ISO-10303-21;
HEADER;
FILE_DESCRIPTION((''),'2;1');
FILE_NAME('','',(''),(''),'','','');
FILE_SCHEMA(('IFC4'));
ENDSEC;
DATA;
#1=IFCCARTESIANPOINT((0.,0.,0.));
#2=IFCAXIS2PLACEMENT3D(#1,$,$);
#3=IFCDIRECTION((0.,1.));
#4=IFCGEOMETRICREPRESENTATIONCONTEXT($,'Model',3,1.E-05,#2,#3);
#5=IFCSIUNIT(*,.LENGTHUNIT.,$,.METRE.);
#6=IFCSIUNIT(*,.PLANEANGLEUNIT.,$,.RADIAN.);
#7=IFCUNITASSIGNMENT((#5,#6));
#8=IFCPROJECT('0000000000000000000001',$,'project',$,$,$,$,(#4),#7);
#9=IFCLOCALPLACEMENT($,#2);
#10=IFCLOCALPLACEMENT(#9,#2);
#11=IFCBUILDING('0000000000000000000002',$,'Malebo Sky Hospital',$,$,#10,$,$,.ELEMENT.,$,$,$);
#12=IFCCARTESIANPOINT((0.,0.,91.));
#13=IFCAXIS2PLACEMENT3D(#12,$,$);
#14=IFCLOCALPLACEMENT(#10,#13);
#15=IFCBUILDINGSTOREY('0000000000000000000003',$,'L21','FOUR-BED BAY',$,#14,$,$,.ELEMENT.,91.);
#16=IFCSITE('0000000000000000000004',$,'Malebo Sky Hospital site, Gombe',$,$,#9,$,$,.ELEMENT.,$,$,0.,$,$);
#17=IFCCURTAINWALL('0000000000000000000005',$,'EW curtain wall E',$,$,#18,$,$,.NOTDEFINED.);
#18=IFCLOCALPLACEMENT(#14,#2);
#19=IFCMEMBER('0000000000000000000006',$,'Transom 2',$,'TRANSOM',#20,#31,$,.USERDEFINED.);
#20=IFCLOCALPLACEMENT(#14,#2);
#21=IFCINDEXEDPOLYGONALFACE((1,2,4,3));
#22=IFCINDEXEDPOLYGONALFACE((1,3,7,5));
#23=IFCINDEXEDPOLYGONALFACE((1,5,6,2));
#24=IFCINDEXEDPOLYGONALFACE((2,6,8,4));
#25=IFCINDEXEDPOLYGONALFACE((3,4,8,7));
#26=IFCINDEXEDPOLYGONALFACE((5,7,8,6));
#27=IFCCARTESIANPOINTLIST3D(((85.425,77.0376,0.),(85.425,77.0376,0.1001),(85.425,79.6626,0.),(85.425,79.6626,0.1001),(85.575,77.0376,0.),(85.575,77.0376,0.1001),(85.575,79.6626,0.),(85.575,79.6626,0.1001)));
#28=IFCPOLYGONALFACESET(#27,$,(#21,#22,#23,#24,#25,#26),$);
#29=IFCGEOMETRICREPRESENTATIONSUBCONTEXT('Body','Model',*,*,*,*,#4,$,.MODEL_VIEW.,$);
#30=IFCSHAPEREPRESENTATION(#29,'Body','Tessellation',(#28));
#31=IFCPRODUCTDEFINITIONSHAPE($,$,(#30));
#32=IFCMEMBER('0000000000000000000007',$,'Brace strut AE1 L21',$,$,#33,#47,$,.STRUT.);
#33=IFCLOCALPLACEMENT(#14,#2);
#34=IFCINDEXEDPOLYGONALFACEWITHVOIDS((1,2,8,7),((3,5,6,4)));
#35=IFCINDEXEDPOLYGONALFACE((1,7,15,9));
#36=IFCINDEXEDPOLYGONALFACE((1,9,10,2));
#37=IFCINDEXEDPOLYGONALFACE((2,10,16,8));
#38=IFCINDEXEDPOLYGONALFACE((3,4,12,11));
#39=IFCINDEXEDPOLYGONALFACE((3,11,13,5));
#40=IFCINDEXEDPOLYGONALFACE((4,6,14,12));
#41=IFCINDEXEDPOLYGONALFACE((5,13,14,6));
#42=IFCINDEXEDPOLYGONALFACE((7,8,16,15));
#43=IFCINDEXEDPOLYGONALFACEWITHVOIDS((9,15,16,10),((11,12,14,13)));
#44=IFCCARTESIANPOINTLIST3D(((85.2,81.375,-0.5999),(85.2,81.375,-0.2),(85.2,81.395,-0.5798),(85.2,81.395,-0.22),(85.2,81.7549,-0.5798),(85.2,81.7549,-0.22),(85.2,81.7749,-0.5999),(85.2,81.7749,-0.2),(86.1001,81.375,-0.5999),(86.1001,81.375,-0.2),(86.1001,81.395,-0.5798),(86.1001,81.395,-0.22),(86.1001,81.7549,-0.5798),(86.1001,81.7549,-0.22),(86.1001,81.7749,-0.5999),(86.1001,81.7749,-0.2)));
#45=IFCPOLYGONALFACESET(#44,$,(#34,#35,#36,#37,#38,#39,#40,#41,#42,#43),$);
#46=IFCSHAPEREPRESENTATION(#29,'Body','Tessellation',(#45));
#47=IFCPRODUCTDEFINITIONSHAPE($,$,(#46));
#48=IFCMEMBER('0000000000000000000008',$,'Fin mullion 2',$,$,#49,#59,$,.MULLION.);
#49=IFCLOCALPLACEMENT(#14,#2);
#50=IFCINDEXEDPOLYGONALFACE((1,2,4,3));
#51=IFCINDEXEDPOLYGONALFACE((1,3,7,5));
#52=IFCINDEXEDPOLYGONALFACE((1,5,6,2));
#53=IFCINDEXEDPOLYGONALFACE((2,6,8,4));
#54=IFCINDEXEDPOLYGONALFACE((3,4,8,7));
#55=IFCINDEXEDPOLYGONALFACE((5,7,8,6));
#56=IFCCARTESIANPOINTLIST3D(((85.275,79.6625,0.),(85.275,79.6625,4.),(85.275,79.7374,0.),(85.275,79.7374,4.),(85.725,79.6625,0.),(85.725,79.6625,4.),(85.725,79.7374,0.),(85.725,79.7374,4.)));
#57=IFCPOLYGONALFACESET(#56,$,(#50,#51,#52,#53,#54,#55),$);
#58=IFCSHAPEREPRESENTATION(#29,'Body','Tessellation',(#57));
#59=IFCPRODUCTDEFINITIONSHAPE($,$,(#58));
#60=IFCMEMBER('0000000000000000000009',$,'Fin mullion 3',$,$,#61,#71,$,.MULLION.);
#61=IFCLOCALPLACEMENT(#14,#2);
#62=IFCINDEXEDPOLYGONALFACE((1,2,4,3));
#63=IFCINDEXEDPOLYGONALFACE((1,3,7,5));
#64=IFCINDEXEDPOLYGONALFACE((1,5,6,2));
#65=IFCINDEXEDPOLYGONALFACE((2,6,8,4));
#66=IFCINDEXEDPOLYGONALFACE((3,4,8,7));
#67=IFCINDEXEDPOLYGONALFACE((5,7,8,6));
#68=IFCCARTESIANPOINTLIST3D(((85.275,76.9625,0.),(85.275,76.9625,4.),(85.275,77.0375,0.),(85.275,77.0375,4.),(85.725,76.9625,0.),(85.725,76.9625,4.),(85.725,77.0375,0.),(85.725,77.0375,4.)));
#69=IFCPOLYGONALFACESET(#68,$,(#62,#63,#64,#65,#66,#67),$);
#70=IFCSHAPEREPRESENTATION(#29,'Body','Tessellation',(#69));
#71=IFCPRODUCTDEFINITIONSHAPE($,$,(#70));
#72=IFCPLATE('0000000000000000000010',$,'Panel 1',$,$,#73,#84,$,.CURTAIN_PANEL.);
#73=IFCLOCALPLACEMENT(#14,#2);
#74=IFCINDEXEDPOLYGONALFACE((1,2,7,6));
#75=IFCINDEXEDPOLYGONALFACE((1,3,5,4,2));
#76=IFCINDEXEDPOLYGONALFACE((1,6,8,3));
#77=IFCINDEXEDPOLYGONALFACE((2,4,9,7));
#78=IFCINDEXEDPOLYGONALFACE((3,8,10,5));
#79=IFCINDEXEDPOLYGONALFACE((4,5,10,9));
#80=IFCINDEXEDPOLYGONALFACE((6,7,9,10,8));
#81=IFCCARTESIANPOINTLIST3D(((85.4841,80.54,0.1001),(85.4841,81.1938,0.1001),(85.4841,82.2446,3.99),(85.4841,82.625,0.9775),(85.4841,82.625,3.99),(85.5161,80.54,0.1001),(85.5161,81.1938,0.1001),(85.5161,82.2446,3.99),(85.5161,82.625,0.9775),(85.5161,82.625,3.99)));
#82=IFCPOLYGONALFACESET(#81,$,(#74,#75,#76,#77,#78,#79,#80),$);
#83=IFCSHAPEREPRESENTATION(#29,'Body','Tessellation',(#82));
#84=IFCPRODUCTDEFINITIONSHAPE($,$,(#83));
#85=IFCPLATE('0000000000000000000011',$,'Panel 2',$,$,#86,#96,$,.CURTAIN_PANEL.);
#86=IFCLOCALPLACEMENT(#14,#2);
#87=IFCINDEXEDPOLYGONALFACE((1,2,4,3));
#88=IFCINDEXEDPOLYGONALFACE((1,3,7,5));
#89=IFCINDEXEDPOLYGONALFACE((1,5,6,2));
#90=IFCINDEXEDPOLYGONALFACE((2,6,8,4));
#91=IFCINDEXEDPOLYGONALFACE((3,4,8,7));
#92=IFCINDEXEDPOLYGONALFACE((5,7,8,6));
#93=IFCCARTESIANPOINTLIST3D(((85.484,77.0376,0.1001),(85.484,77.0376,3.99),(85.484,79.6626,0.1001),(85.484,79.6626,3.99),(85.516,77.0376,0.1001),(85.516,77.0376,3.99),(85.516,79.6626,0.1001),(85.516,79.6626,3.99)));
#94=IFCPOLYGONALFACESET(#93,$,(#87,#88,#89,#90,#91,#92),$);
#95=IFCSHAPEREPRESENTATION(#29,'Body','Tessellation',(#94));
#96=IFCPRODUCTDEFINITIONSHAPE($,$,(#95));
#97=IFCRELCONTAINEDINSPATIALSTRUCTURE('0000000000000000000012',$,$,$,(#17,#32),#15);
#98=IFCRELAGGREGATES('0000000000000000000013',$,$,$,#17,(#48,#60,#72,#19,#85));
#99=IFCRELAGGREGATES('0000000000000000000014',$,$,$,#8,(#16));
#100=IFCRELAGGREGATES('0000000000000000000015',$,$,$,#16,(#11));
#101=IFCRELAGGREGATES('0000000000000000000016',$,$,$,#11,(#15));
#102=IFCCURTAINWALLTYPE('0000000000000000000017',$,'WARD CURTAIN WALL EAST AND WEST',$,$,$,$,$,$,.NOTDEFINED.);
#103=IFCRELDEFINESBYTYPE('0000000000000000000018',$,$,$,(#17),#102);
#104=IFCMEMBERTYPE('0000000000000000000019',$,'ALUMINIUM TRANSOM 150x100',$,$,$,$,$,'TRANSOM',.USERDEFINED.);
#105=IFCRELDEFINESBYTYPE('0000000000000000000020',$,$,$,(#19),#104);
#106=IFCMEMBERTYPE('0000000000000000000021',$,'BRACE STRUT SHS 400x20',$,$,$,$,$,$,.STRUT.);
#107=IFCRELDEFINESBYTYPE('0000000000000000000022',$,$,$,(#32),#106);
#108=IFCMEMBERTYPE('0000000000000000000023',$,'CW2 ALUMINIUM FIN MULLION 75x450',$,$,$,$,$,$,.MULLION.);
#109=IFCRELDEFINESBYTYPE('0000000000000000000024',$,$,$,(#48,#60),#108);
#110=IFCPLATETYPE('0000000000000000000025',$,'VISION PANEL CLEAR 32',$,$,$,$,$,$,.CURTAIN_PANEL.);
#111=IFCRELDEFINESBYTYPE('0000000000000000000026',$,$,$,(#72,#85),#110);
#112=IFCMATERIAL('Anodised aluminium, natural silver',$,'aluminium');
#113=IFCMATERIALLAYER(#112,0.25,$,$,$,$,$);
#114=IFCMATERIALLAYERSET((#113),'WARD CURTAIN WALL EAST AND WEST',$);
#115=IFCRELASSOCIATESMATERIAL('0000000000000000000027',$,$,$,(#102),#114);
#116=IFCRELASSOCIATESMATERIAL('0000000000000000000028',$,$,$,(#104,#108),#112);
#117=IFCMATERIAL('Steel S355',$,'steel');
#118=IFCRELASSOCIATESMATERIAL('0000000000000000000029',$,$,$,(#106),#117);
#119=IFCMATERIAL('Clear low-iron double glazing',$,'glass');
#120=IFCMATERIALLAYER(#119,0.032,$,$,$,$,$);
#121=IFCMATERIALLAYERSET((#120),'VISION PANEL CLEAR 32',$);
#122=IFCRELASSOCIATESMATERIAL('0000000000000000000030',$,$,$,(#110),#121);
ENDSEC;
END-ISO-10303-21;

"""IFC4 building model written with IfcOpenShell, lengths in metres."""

from ifc_helpers import new_model, si_unit, direction, frame, origin, origin_2d, place, context, subcontext, project, spatial, polyline, rectangle, hollow_rectangle, outline, extrude, material, layer, layer_set, material_profile, profile_set, type_object, element, aggregate, save


model = new_model("IFC4")

# Units and contexts
model_context = context("Model", 3, precision=1e-05, world=origin(), true_north=direction((0.0, 1.0)))
body_context = subcontext(model_context, "Body", "Model", "MODEL_VIEW")
ifc_project = project(units=[si_unit("LENGTHUNIT", "METRE"), si_unit("PLANEANGLEUNIT", "RADIAN")], contexts=[model_context])

# Site, building, storey
site_placement = place(None, origin())
site = spatial("IfcSite", under=ifc_project, at=site_placement, Name="Malebo Sky Hospital site, Gombe", CompositionType="ELEMENT", RefElevation=0.0)
building_placement = place(site_placement, origin())
building = spatial("IfcBuilding", under=site, at=building_placement, Name="Malebo Sky Hospital", CompositionType="ELEMENT")
storey_placement = place(building_placement, frame((0.0, 0.0, 91.0)))
storey = spatial("IfcBuildingStorey", under=building, at=storey_placement, Name="L21", Description="FOUR-BED BAY", CompositionType="ELEMENT", Elevation=91.0)

# Curtain wall, member
ifc_material_1 = material(Name="Anodised aluminium, natural silver", Category="aluminium")
ifc_layer_1 = layer(ifc_material_1, 0.25)
ifc_layer_set_1 = layer_set([ifc_layer_1], Name="WARD CURTAIN WALL EAST AND WEST")
curtain_wall_type = type_object("IfcCurtainWallType", Name="WARD CURTAIN WALL EAST AND WEST", PredefinedType="NOTDEFINED", material=ifc_layer_set_1)
curtain_wall_placement = place(storey_placement, origin())
curtain_wall = element("IfcCurtainWall", 1, at=curtain_wall_placement, inside=storey, type_object=curtain_wall_type, Name="EW curtain wall E", PredefinedType="NOTDEFINED")
ifc_material_profile_1 = material_profile(ifc_material_1, rectangle(XDim=0.1499, YDim=0.1001, at=origin_2d()), Name="ALUMINIUM TRANSOM 150x100")
ifc_profile_set_1 = profile_set([ifc_material_profile_1], Name="Anodised aluminium, natural silver")
member_type_1 = type_object("IfcMemberType", Name="ALUMINIUM TRANSOM 150x100", ElementType="TRANSOM", PredefinedType="USERDEFINED", material=ifc_profile_set_1)
member_1_placement = place(storey_placement, frame((85.5, 79.6626, 0.05), z_axis=(0.0, -1.0, 0.0), x_axis=(1.0, 0.0, 0.0)))
member_1 = element("IfcMember", 2, at=member_1_placement, type_object=member_type_1, Name="Transom 2", ObjectType="TRANSOM", PredefinedType="USERDEFINED", context=body_context, shape_type="SweptSolid", body=[
    extrude(rectangle(XDim=0.1499, YDim=0.1001, at=origin_2d()), origin(), (0.0, 0.0, 1.0), 2.625),
])

# Members
ifc_material_2 = material(Name="Steel S355", Category="steel")
ifc_material_profile_2 = material_profile(ifc_material_2, hollow_rectangle(XDim=0.3999, YDim=0.3999, WallThickness=0.02, at=origin_2d()), Name="SHS 400x20")
ifc_profile_set_2 = profile_set([ifc_material_profile_2], Name="Steel S355")
member_type_2 = type_object("IfcMemberType", Name="BRACE STRUT SHS 400x20", PredefinedType="STRUT", material=ifc_profile_set_2)
member_2_placement = place(storey_placement, frame((86.1001, 81.575, -0.3999), z_axis=(-1.0, 0.0, 0.0), x_axis=(0.0, -1.0, 0.0)))
element("IfcMember", 3, at=member_2_placement, inside=storey, type_object=member_type_2, Name="Brace strut AE1 L21", PredefinedType="STRUT", context=body_context, shape_type="SweptSolid", body=[
    extrude(hollow_rectangle(XDim=0.3999, YDim=0.3999, WallThickness=0.02, at=origin_2d()), origin(), (0.0, 0.0, 1.0), 0.9001),
])
ifc_material_profile_3 = material_profile(ifc_material_1, rectangle(XDim=0.075, YDim=0.45, at=origin_2d()), Name="CW2 ALUMINIUM FIN MULLION 75x450")
ifc_profile_set_3 = profile_set([ifc_material_profile_3], Name="Anodised aluminium, natural silver")
member_type_3 = type_object("IfcMemberType", Name="CW2 ALUMINIUM FIN MULLION 75x450", PredefinedType="MULLION", material=ifc_profile_set_3)
member_3_placement = place(storey_placement, frame((85.5, 79.7, 0.0), z_axis=(0.0, 0.0, 1.0), x_axis=(0.0, -1.0, 0.0)))
member_3 = element("IfcMember", 4, at=member_3_placement, type_object=member_type_3, Name="Fin mullion 2", PredefinedType="MULLION", context=body_context, shape_type="SweptSolid", body=[
    extrude(rectangle(XDim=0.075, YDim=0.45, at=origin_2d()), origin(), (0.0, 0.0, 1.0), 4.0),
])
member_4_placement = place(storey_placement, frame((85.5, 77.0, 0.0), z_axis=(0.0, 0.0, 1.0), x_axis=(0.0, -1.0, 0.0)))
member_4 = element("IfcMember", 5, at=member_4_placement, type_object=member_type_3, Name="Fin mullion 3", PredefinedType="MULLION", context=body_context, shape_type="SweptSolid", body=[
    extrude(rectangle(XDim=0.075, YDim=0.45, at=origin_2d()), origin(), (0.0, 0.0, 1.0), 4.0),
])

# Plates
ifc_material_3 = material(Name="Clear low-iron double glazing", Category="glass")
ifc_layer_2 = layer(ifc_material_3, 0.032)
ifc_layer_set_2 = layer_set([ifc_layer_2], Name="VISION PANEL CLEAR 32")
plate_type = type_object("IfcPlateType", Name="VISION PANEL CLEAR 32", PredefinedType="CURTAIN_PANEL", material=ifc_layer_set_2)
plate_1_placement = place(storey_placement, frame((85.5, 81.5825, 0.1001), z_axis=(0.0, 0.0, 1.0), x_axis=(0.0, -1.0, 0.0)))
plate_1 = element("IfcPlate", 6, at=plate_1_placement, type_object=plate_type, Name="Panel 1", PredefinedType="CURTAIN_PANEL", context=body_context, shape_type="SweptSolid", body=[
    extrude(outline(polyline([(0.3887, 0.0), (1.0425, 0.0), (-0.6621, 3.8899), (-1.0425, 3.8899), (-1.0425, 0.8774), (0.3887, 0.0)])), frame((0.0, 0.0161, 0.0), z_axis=(0.0, -1.0, 0.0), x_axis=(1.0, 0.0, 0.0)), (0.0, 0.0, 1.0), 0.032),
])
plate_2_placement = place(storey_placement, frame((85.5, 78.3501, 0.1001), z_axis=(0.0, 0.0, 1.0), x_axis=(0.0, -1.0, 0.0)))
plate_2 = element("IfcPlate", 7, at=plate_2_placement, type_object=plate_type, Name="Panel 2", PredefinedType="CURTAIN_PANEL", context=body_context, shape_type="SweptSolid", body=[
    extrude(rectangle(XDim=2.625, YDim=0.032, at=origin_2d()), origin(), (0.0, 0.0, 1.0), 3.8899),
])
aggregate(curtain_wall, [member_3, member_4, plate_1, member_1, plate_2])

save(model, "model.ifc")
